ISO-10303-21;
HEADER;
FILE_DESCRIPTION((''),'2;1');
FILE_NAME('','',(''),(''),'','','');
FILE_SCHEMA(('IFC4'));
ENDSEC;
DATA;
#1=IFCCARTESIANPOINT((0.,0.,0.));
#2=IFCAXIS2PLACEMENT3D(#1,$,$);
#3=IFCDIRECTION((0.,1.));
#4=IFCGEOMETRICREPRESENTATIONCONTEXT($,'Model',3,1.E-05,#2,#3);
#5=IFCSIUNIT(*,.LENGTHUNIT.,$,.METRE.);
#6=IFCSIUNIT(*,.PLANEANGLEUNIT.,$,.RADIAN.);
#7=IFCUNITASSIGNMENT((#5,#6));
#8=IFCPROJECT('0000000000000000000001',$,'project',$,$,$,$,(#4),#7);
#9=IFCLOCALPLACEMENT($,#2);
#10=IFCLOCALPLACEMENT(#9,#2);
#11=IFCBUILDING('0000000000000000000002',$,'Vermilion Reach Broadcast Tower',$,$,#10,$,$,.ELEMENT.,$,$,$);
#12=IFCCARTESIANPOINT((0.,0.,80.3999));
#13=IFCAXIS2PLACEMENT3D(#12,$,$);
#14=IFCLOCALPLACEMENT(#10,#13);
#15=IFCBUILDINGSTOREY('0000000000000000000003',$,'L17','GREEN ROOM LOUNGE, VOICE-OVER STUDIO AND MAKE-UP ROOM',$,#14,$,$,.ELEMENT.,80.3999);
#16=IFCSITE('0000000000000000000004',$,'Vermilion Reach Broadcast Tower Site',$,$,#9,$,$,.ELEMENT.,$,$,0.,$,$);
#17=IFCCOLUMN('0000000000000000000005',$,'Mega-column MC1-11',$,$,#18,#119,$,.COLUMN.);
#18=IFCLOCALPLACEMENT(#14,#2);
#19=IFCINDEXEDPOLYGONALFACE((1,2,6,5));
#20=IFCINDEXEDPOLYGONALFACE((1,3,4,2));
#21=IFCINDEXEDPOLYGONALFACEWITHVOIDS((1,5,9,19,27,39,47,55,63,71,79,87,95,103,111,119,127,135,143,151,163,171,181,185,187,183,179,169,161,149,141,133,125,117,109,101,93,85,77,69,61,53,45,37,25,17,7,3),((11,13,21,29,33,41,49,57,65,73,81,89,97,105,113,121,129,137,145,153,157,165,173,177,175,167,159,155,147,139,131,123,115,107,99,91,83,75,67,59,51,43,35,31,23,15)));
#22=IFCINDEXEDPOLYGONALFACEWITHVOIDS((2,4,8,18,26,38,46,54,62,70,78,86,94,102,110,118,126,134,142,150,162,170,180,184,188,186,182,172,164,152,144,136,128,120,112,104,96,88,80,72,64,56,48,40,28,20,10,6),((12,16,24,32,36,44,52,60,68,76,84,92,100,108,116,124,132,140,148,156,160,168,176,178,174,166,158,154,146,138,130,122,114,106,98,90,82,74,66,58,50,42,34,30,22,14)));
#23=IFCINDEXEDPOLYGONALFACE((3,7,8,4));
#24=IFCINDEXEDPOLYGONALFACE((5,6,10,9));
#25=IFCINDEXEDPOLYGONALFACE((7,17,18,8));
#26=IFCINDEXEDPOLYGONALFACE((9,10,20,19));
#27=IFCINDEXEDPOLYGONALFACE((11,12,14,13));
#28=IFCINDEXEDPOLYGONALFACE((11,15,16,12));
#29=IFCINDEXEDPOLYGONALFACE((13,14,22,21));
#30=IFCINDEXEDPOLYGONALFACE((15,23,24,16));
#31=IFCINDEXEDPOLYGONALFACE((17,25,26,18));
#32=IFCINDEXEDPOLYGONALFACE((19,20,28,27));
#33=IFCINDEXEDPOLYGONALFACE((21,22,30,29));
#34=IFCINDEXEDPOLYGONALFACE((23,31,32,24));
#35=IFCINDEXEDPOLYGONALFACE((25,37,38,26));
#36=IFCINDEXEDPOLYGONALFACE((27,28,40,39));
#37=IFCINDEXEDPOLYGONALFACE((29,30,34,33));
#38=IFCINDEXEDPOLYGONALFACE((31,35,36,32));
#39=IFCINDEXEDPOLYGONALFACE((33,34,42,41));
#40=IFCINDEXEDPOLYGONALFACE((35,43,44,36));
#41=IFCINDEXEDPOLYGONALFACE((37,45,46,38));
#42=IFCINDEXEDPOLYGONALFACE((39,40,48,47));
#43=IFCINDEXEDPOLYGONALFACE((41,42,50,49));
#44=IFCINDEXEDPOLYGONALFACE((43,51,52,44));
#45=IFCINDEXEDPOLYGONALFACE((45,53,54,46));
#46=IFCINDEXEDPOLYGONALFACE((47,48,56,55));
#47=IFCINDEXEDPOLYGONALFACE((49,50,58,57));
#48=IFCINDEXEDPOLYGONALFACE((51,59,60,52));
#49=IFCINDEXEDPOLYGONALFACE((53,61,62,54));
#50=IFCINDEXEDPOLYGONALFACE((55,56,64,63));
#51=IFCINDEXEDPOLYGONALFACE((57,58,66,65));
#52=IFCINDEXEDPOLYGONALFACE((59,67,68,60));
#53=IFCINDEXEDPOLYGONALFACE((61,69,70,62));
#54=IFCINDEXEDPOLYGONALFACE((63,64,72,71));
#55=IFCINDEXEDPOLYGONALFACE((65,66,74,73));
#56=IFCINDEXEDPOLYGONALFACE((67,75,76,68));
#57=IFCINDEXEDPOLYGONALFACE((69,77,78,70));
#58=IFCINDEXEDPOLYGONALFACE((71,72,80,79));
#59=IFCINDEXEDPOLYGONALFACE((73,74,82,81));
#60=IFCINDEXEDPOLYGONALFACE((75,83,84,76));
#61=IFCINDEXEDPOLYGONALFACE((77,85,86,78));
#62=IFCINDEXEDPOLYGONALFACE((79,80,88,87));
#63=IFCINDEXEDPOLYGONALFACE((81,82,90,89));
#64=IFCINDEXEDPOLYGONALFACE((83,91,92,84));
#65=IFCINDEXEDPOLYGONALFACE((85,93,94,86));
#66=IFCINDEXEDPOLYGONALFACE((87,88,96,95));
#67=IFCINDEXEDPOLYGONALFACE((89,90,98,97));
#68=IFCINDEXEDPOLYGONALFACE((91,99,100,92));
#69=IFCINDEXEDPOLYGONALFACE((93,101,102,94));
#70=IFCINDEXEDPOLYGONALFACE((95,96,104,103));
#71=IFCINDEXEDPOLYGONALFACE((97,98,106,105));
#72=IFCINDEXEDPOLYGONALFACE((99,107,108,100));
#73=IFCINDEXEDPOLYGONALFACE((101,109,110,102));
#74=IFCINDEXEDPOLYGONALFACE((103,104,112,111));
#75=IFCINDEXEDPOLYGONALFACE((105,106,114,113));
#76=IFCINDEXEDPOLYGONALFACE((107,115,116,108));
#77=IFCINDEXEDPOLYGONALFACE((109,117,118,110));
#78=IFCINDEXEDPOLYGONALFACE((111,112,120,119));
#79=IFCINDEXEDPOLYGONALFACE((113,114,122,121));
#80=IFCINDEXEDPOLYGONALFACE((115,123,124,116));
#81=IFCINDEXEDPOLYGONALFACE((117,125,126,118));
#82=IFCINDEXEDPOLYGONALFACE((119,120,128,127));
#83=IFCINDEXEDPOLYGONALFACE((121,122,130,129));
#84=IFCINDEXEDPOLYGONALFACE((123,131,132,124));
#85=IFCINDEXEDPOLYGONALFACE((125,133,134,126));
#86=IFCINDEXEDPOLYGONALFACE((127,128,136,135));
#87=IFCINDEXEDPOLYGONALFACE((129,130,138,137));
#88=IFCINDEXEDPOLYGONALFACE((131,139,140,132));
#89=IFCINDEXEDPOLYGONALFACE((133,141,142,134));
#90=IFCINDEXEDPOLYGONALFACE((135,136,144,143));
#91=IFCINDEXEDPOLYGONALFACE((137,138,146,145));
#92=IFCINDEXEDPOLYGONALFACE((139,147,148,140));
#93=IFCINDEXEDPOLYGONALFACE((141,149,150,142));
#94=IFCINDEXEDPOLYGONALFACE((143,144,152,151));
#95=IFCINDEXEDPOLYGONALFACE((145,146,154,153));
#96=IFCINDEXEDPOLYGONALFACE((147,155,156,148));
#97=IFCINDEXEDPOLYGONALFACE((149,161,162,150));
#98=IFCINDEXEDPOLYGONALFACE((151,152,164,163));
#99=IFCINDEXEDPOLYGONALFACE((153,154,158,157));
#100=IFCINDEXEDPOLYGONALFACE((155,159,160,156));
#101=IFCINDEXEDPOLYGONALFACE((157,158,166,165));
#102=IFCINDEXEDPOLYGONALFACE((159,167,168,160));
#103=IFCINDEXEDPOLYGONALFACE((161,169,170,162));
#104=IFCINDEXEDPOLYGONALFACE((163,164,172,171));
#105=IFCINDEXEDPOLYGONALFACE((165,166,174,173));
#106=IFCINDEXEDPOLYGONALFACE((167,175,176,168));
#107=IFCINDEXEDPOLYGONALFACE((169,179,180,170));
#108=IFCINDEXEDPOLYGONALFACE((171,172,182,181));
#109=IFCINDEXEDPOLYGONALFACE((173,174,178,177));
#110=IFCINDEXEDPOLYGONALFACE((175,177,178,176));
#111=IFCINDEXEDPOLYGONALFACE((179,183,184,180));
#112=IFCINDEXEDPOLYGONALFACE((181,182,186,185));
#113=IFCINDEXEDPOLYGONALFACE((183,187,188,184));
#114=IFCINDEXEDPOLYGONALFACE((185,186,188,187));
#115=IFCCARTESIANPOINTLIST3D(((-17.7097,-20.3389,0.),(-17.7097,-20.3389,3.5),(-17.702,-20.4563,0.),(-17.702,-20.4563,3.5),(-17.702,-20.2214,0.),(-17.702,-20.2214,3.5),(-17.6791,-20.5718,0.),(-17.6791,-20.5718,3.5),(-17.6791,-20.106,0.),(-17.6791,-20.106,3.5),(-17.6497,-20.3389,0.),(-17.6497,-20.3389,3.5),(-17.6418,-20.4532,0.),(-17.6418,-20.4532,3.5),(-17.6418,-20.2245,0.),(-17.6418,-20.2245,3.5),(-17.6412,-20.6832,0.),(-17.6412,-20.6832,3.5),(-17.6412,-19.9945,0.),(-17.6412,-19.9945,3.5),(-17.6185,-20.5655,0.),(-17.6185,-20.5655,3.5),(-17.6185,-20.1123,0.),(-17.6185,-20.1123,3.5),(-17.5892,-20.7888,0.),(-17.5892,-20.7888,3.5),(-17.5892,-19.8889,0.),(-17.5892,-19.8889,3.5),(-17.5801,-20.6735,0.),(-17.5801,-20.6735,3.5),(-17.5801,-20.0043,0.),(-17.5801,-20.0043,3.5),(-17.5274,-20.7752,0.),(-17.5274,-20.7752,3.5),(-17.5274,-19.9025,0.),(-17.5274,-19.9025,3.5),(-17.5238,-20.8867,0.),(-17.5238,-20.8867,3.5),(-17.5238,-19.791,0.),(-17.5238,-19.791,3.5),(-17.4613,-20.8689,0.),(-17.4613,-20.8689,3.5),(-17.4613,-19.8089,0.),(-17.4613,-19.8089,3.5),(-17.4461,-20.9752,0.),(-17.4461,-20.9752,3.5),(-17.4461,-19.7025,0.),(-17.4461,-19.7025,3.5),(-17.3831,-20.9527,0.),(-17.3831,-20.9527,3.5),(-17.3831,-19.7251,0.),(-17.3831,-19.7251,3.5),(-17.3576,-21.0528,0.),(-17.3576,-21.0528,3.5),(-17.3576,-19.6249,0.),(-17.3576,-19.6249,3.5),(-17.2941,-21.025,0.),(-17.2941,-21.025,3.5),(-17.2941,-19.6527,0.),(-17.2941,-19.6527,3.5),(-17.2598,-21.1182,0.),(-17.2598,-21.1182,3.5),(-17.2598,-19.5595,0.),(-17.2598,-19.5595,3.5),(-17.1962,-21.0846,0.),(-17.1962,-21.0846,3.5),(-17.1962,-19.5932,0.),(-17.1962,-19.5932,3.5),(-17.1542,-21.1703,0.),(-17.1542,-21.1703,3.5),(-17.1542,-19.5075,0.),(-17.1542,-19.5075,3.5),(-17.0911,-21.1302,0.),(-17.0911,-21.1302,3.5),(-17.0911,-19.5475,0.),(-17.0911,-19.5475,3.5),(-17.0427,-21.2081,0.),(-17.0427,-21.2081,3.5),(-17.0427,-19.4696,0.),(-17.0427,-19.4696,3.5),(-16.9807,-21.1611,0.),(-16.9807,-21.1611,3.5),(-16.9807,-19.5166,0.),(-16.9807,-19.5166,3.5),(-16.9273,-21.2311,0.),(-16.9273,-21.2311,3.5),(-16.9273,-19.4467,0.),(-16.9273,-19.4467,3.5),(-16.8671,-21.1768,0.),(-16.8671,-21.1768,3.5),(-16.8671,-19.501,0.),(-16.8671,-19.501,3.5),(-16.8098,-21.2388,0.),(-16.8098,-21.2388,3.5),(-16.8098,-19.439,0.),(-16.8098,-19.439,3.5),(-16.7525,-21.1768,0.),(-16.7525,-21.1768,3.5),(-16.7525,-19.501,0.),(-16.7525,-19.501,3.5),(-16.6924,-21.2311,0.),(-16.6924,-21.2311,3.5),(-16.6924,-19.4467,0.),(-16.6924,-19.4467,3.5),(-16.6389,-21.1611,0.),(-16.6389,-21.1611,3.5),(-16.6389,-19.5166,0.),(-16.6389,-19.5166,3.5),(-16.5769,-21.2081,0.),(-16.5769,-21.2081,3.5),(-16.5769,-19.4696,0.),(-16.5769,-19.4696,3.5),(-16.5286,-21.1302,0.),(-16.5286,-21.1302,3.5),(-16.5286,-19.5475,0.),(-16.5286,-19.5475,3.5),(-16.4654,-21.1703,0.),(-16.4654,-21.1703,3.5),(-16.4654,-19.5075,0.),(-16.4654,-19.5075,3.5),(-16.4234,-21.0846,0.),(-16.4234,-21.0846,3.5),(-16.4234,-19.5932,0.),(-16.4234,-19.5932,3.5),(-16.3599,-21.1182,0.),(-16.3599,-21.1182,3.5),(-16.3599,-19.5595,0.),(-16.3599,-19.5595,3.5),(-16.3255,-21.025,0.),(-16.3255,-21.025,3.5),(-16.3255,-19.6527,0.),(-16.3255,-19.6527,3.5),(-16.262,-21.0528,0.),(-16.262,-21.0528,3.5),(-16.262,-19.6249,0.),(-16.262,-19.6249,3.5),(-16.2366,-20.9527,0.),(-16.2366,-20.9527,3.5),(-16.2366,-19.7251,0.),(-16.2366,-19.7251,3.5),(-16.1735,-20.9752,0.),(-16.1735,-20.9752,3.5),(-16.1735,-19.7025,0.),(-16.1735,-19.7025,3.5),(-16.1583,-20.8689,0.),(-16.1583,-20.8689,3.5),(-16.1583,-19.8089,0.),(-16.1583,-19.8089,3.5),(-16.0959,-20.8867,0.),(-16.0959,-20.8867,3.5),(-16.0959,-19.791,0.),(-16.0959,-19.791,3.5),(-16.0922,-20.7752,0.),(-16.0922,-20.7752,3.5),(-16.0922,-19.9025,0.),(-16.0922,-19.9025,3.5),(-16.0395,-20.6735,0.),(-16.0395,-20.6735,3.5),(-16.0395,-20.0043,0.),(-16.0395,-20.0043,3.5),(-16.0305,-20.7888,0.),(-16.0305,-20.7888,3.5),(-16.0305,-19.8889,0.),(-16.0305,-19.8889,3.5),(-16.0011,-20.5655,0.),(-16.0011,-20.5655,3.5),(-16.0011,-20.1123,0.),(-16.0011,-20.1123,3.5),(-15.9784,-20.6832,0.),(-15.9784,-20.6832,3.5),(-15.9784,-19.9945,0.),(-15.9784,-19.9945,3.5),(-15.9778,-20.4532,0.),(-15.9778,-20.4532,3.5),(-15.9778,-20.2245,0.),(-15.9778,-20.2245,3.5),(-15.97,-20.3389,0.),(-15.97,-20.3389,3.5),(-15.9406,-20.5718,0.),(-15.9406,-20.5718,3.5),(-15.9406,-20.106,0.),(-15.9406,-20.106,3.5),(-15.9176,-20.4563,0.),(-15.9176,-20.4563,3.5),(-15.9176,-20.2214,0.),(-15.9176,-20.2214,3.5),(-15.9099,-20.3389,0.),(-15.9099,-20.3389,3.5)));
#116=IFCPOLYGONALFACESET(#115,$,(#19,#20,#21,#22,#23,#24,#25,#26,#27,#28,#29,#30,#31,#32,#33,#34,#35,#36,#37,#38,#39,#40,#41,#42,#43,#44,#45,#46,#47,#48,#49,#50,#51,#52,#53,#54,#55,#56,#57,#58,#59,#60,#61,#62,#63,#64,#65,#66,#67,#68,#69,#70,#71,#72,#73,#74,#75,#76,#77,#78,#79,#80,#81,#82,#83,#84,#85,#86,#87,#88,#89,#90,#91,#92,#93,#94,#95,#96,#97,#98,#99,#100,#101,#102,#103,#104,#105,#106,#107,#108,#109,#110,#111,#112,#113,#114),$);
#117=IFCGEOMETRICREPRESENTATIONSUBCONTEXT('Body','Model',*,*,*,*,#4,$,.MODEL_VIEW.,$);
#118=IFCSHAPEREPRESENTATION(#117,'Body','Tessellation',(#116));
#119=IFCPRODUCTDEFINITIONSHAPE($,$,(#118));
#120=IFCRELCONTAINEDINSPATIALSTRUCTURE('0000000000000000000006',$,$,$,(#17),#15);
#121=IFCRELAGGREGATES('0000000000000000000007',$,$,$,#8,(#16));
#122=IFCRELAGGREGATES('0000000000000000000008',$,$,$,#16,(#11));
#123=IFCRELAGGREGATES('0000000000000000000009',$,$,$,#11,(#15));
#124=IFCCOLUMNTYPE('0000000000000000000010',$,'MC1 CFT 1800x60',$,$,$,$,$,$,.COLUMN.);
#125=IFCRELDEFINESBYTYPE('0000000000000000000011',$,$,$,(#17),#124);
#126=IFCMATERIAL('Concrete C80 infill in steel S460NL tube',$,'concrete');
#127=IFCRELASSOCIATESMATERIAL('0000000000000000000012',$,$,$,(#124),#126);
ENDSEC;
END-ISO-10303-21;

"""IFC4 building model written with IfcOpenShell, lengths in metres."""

from ifc_helpers import new_model, si_unit, direction, frame, origin, origin_2d, place, context, subcontext, project, spatial, hollow_circle, extrude, material, material_profile, profile_set, type_object, element, save


model = new_model("IFC4")

# Units and contexts
model_context = context("Model", 3, precision=1e-05, world=origin(), true_north=direction((0.0, 1.0)))
body_context = subcontext(model_context, "Body", "Model", "MODEL_VIEW")
ifc_project = project(units=[si_unit("LENGTHUNIT", "METRE"), si_unit("PLANEANGLEUNIT", "RADIAN")], contexts=[model_context])

# Site, building, storey
site_placement = place(None, origin())
site = spatial("IfcSite", under=ifc_project, at=site_placement, Name="Vermilion Reach Broadcast Tower Site", CompositionType="ELEMENT", RefElevation=0.0)
building_placement = place(site_placement, origin())
building = spatial("IfcBuilding", under=site, at=building_placement, Name="Vermilion Reach Broadcast Tower", CompositionType="ELEMENT")
storey_placement = place(building_placement, frame((0.0, 0.0, 80.3999)))
storey = spatial("IfcBuildingStorey", under=building, at=storey_placement, Name="L17", Description="GREEN ROOM LOUNGE, VOICE-OVER STUDIO AND MAKE-UP ROOM", CompositionType="ELEMENT", Elevation=80.3999)

# Column
ifc_material_1 = material(Name="Concrete C80 infill in steel S460NL tube", Category="concrete")
ifc_material_profile_1 = material_profile(ifc_material_1, hollow_circle(Radius=0.8999, WallThickness=0.0601, at=origin_2d()), Name="Concrete C80 infill in steel S460NL tube CFT 1800x60")
ifc_profile_set_1 = profile_set([ifc_material_profile_1], Name="Concrete C80 infill in steel S460NL tube")
column_type = type_object("IfcColumnType", Name="MC1 CFT 1800x60", PredefinedType="COLUMN", material=ifc_profile_set_1)
for number, where, z_axis, x_axis, name in (
    (1, (-16.8098, -20.3389, 0.0), (0.0, 0.0, 1.0), (1.0, 0.0, 0.0), "Mega-column MC1-11"),
):
    element("IfcColumn", number, at=place(storey_placement, frame(where, z_axis=z_axis, x_axis=x_axis)), inside=storey, type_object=column_type, Name=name, PredefinedType="COLUMN", context=body_context, shape_type="SweptSolid", body=[
        extrude(hollow_circle(Radius=0.8999, WallThickness=0.0601, at=origin_2d()), origin(), (0.0, 0.0, 1.0), 3.5),
    ])

save(model, "model.ifc")
